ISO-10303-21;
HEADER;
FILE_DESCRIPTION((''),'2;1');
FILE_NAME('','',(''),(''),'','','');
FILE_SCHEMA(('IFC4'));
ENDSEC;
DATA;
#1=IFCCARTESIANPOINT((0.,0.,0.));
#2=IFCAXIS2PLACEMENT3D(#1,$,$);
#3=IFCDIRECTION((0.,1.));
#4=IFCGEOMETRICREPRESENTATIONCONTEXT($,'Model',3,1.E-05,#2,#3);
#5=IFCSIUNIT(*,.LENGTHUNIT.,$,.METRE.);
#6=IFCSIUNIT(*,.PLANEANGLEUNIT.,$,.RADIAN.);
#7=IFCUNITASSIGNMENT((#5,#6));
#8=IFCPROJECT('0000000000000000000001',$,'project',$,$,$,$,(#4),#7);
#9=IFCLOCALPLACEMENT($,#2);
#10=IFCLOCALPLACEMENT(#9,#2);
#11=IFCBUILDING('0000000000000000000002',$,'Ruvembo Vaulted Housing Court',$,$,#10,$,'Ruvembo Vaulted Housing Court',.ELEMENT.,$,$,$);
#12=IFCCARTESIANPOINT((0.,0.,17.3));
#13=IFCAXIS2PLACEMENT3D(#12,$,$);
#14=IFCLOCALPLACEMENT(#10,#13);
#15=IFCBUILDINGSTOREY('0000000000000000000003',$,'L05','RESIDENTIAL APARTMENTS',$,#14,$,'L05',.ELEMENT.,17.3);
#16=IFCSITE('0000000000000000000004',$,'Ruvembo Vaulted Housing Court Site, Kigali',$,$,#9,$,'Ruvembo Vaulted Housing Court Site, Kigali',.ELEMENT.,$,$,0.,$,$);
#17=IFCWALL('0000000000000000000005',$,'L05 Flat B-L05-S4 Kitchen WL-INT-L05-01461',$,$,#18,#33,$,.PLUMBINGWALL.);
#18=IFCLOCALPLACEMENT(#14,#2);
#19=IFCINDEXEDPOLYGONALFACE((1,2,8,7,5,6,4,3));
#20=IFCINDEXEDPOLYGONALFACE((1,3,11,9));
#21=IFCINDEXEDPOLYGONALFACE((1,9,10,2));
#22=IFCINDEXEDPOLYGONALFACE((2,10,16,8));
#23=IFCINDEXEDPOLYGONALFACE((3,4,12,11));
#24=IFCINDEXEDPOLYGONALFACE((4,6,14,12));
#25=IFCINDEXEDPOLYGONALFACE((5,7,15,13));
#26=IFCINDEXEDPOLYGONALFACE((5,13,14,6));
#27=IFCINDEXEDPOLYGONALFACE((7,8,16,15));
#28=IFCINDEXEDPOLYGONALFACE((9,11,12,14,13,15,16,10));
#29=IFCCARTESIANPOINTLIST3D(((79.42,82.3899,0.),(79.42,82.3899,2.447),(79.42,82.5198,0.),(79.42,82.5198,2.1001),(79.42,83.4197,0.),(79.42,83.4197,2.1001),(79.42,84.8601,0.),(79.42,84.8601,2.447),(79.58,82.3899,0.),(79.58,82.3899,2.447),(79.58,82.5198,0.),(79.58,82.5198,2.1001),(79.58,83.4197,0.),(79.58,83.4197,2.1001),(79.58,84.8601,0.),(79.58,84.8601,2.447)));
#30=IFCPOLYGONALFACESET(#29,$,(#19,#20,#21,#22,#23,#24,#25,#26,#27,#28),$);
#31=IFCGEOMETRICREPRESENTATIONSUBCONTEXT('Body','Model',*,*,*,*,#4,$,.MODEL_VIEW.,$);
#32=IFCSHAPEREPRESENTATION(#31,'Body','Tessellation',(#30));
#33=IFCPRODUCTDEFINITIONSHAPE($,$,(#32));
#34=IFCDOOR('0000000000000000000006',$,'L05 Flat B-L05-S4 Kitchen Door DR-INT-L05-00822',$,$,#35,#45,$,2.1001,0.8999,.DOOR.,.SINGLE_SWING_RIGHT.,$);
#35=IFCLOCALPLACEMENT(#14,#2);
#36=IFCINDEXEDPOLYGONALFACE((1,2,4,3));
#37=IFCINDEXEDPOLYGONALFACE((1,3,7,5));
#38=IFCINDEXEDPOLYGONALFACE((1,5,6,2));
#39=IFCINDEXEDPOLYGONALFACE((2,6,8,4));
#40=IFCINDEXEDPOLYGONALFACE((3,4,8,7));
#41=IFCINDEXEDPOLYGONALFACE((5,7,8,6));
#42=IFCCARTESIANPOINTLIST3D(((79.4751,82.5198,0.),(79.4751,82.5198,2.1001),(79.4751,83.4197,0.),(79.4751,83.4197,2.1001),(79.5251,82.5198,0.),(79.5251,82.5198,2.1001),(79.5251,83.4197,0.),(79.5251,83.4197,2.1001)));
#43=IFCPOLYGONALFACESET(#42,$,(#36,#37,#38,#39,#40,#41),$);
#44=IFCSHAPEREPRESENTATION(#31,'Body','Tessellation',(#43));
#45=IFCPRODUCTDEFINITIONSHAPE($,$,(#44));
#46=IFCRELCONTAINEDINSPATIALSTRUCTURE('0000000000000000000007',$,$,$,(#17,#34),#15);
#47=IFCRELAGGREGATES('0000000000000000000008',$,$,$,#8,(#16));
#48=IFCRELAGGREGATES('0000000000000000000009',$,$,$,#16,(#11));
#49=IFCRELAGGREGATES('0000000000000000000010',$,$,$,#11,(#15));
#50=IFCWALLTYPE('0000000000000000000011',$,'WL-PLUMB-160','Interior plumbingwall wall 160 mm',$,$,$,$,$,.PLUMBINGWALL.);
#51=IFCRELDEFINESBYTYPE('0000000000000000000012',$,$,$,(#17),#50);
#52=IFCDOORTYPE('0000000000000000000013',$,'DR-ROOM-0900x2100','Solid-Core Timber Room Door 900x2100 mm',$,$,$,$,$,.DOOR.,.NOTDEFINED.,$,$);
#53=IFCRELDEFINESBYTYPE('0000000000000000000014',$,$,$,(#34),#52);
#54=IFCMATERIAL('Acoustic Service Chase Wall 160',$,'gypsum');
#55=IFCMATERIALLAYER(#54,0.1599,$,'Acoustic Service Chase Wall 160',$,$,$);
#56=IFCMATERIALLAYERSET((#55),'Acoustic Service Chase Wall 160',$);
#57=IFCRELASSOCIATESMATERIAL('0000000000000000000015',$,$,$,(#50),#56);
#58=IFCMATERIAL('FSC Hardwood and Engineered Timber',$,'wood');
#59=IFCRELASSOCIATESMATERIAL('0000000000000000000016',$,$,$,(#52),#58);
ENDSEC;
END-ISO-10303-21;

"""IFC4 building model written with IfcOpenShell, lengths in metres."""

from ifc_helpers import new_model, si_unit, direction, frame, frame_2d, origin, place, context, subcontext, project, spatial, rectangle, extrude, material, layer, layer_set, type_object, element, fill, save


model = new_model("IFC4")

# Units and contexts
model_context = context("Model", 3, precision=1e-05, world=origin(), true_north=direction((0.0, 1.0)))
body_context = subcontext(model_context, "Body", "Model", "MODEL_VIEW")
ifc_project = project(units=[si_unit("LENGTHUNIT", "METRE"), si_unit("PLANEANGLEUNIT", "RADIAN")], contexts=[model_context])

# Site, building, storey
site_placement = place(None, origin())
site = spatial("IfcSite", under=ifc_project, at=site_placement, Name="Ruvembo Vaulted Housing Court Site, Kigali", LongName="Ruvembo Vaulted Housing Court Site, Kigali", CompositionType="ELEMENT", RefElevation=0.0)
building_placement = place(site_placement, origin())
building = spatial("IfcBuilding", under=site, at=building_placement, Name="Ruvembo Vaulted Housing Court", LongName="Ruvembo Vaulted Housing Court", CompositionType="ELEMENT")
storey_placement = place(building_placement, frame((0.0, 0.0, 17.3)))
storey = spatial("IfcBuildingStorey", under=building, at=storey_placement, Name="L05", Description="RESIDENTIAL APARTMENTS", LongName="L05", CompositionType="ELEMENT", Elevation=17.3)

# Wall, opening, door
ifc_material_1 = material(Name="FSC Hardwood and Engineered Timber", Category="wood")
ifc_material_2 = material(Name="Acoustic Service Chase Wall 160", Category="gypsum")
ifc_layer_1 = layer(ifc_material_2, 0.1599, Name="Acoustic Service Chase Wall 160")
ifc_layer_set_1 = layer_set([ifc_layer_1], Name="Acoustic Service Chase Wall 160")
wall_type_1 = type_object("IfcWallType", Name="WL-PLUMB-160", Description="Interior plumbingwall wall 160 mm", PredefinedType="PLUMBINGWALL", material=ifc_layer_set_1)
wall_1_placement = place(storey_placement, frame((79.5, 82.3899, 0.0), z_axis=(0.0, 0.0, 1.0), x_axis=(0.0, 1.0, 0.0)))
wall_1 = element("IfcWall", 1, at=wall_1_placement, inside=storey, type_object=wall_type_1, Name="L05 Flat B-L05-S4 Kitchen WL-INT-L05-01461", PredefinedType="PLUMBINGWALL", context=body_context, shape_type="SweptSolid", body=[
    extrude(rectangle(XDim=2.4702, YDim=0.1599, at=frame_2d((1.2351, 0.0))), origin(), (0.0, 0.0, 1.0), 2.447),
])
opening_1_placement = place(wall_1_placement, frame((0.1299, 0.0, 0.0)))
opening_1 = element("IfcOpeningElement", 2, at=opening_1_placement, cuts=wall_1, PredefinedType="OPENING", context=body_context, shape_type="SweptSolid", body=[
    extrude(rectangle(XDim=0.8999, YDim=2.1001, at=frame_2d((0.45, 1.05))), frame((0.0, 0.0898, 0.0), z_axis=(0.0, -1.0, 0.0), x_axis=(1.0, 0.0, 0.0)), (0.0, 0.0, 1.0), 0.1799),
])
door_type_1 = type_object("IfcDoorType", Name="DR-ROOM-0900x2100", Description="Solid-Core Timber Room Door 900x2100 mm", OperationType="NOTDEFINED", PredefinedType="DOOR", material=ifc_material_1)
door_1_placement = place(opening_1_placement, origin())
door_1 = element("IfcDoor", 3, at=door_1_placement, inside=storey, type_object=door_type_1, Name="L05 Flat B-L05-S4 Kitchen Door DR-INT-L05-00822", OperationType="SINGLE_SWING_RIGHT", OverallHeight=2.1001, OverallWidth=0.8999, PredefinedType="DOOR", context=body_context, shape_type="SweptSolid", body=[
    extrude(rectangle(XDim=0.8999, YDim=2.1001, at=frame_2d((0.45, 1.05))), frame((0.0, 0.0249, 0.0), z_axis=(0.0, -1.0, 0.0), x_axis=(1.0, 0.0, 0.0)), (0.0, 0.0, 1.0), 0.05),
])
fill(opening_1, door_1)

save(model, "model.ifc")
